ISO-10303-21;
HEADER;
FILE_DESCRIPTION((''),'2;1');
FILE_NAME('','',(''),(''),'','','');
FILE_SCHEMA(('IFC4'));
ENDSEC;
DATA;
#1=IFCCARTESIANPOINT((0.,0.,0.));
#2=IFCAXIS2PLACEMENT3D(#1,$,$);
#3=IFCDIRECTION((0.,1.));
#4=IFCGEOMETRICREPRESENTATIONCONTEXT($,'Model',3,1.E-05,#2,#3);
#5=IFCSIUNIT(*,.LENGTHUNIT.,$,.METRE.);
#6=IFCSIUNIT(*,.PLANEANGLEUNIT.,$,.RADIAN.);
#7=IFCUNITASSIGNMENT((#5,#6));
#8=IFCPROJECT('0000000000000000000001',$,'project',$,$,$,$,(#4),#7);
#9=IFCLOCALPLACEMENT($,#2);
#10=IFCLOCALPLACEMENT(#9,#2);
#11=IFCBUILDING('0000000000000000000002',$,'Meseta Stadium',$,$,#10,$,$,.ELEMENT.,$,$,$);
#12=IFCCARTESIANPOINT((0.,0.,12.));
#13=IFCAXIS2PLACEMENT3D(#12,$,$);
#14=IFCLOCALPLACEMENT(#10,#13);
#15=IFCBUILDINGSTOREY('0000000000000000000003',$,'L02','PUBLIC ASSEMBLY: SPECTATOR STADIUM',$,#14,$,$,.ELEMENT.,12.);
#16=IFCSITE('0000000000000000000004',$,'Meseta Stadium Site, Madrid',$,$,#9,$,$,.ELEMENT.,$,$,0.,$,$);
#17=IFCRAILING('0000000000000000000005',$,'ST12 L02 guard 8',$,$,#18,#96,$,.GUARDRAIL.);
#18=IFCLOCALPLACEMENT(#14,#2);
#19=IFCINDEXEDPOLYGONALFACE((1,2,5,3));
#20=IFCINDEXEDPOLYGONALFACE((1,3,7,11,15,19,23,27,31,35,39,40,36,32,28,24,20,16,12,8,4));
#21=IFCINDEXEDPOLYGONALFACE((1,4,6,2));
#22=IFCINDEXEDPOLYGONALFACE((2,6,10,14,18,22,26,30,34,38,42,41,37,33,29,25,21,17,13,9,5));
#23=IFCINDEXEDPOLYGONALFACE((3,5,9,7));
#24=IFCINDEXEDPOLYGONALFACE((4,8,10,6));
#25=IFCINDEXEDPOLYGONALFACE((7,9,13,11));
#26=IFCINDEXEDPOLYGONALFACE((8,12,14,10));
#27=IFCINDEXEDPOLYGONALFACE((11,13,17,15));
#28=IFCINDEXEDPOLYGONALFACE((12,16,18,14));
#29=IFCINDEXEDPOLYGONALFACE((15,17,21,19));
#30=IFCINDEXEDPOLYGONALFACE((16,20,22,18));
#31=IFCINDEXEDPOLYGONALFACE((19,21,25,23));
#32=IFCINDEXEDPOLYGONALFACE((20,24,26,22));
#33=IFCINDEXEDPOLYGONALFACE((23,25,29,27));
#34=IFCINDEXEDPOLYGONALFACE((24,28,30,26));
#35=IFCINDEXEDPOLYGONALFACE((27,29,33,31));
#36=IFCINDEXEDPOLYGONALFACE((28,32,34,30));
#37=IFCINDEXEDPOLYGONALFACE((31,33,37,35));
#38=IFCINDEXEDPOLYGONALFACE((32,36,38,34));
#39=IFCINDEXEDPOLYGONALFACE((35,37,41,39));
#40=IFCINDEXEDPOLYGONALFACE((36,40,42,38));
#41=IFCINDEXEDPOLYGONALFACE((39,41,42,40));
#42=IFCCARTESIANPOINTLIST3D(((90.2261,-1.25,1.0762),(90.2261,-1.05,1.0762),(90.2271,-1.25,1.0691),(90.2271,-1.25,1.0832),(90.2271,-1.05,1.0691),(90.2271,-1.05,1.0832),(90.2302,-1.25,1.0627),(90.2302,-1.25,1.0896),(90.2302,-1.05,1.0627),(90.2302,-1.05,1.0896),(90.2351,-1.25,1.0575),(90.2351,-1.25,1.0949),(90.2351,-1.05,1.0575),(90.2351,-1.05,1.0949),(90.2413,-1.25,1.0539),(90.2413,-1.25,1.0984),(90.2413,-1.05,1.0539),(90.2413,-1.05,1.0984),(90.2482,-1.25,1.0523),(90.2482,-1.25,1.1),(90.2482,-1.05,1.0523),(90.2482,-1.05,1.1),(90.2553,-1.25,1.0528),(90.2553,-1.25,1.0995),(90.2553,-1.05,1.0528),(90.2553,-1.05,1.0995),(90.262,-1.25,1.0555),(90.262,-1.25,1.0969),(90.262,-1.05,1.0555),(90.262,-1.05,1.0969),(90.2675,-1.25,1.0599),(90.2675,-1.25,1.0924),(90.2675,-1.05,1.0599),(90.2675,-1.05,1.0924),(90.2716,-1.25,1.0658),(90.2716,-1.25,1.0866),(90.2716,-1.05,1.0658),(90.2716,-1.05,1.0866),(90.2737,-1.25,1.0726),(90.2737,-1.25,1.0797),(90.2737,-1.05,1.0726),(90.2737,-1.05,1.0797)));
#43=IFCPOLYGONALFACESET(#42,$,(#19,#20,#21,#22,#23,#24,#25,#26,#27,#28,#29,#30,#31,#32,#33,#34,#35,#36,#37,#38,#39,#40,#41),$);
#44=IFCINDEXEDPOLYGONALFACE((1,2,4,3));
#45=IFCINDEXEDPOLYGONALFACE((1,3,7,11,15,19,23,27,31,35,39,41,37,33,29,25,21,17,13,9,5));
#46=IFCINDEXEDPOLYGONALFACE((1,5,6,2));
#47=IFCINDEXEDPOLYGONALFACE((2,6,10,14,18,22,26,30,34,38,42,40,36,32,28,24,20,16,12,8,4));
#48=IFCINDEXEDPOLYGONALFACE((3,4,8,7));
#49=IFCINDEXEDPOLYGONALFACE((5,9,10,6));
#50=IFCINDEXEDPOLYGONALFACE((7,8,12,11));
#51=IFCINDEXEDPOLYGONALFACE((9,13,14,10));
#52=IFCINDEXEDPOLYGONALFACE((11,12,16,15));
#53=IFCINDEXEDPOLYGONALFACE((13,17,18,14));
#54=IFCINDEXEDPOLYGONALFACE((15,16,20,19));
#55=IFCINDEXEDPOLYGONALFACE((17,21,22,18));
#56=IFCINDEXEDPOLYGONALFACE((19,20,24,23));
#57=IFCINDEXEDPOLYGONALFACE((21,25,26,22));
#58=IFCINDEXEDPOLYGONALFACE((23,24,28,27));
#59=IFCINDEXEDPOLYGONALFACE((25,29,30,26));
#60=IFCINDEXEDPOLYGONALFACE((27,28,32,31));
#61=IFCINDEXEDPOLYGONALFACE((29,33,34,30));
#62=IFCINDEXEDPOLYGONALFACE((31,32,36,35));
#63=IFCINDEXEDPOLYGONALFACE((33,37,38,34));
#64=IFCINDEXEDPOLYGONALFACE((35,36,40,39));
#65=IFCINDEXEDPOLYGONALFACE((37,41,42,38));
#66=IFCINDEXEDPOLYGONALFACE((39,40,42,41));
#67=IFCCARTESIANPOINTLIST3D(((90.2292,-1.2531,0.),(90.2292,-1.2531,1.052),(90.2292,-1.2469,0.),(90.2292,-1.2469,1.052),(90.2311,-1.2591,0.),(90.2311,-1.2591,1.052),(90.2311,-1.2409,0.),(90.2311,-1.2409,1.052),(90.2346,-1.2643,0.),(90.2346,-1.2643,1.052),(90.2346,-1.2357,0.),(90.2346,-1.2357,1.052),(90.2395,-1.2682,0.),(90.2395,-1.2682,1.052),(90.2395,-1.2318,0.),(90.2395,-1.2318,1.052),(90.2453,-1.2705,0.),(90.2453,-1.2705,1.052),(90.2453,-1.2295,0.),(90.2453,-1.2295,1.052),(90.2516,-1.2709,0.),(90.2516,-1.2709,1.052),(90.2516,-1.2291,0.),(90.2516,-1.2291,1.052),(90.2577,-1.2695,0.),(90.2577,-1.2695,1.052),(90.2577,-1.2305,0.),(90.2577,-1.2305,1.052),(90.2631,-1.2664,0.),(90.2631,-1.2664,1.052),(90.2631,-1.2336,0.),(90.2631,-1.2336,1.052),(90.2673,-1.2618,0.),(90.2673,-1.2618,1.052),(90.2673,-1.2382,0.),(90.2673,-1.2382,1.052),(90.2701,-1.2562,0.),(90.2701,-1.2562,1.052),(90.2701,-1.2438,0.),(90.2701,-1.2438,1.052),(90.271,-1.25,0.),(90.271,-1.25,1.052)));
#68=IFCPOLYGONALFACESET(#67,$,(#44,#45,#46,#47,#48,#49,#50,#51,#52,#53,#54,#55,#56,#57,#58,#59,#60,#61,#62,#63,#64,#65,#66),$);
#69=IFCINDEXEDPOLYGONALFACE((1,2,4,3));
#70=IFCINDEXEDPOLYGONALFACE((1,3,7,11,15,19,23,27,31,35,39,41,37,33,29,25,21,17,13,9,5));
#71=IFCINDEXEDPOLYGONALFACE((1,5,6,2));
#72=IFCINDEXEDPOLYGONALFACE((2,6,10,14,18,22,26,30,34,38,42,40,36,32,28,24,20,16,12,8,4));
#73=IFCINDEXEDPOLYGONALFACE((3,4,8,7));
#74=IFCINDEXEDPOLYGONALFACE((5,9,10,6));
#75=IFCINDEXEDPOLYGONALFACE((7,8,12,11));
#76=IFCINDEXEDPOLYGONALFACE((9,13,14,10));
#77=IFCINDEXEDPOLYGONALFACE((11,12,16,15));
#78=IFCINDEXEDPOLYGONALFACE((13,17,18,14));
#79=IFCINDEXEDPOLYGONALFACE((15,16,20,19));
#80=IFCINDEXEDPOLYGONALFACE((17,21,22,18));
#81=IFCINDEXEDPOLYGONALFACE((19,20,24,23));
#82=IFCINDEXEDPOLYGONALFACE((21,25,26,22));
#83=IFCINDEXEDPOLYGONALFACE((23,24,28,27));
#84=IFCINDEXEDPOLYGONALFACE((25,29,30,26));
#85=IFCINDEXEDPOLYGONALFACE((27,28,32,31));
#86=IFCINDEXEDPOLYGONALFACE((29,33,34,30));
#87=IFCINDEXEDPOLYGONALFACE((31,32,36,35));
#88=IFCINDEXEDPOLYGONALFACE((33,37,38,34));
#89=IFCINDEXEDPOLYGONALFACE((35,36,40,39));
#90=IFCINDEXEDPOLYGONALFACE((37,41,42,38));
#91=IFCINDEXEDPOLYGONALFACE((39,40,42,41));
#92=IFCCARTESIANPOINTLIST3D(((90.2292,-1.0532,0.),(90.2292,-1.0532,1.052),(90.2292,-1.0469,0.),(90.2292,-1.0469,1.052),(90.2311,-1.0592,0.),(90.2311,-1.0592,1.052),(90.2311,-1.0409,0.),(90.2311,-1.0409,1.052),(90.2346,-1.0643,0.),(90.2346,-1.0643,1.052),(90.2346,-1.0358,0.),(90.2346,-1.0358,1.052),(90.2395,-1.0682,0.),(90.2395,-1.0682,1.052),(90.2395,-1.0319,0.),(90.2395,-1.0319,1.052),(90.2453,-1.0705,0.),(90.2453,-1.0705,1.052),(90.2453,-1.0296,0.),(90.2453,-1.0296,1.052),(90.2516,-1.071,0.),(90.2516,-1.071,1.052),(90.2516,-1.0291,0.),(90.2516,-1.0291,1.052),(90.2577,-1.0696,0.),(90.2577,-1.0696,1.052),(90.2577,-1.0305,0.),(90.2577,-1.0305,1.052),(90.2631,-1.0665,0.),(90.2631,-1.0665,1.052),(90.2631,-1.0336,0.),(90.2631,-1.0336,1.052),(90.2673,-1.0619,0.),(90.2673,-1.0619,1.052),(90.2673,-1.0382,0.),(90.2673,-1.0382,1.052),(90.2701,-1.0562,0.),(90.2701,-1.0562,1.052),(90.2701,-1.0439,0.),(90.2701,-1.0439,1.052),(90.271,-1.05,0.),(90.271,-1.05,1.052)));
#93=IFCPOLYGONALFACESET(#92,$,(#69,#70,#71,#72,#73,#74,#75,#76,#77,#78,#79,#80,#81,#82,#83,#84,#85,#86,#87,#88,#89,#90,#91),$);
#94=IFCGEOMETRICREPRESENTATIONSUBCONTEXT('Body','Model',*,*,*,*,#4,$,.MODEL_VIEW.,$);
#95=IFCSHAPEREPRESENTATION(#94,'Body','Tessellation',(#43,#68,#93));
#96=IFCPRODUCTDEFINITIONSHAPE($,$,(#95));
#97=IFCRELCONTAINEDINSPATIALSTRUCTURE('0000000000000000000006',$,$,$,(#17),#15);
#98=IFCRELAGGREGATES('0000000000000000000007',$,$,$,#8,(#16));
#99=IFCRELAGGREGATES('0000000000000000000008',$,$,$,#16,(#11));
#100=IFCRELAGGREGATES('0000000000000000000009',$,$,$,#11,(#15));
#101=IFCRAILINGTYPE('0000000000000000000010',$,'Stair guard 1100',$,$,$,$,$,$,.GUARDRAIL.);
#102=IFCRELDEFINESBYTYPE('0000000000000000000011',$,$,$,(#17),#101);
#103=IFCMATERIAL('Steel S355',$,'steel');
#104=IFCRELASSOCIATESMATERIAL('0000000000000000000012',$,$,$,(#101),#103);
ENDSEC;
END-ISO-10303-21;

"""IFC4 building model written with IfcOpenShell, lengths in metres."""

from ifc_helpers import new_model, si_unit, direction, frame, origin, origin_2d, place, context, subcontext, project, spatial, circle, extrude, material, type_object, element, save


model = new_model("IFC4")

# Units and contexts
model_context = context("Model", 3, precision=1e-05, world=origin(), true_north=direction((0.0, 1.0)))
body_context = subcontext(model_context, "Body", "Model", "MODEL_VIEW")
ifc_project = project(units=[si_unit("LENGTHUNIT", "METRE"), si_unit("PLANEANGLEUNIT", "RADIAN")], contexts=[model_context])

# Site, building, storey
site_placement = place(None, origin())
site = spatial("IfcSite", under=ifc_project, at=site_placement, Name="Meseta Stadium Site, Madrid", CompositionType="ELEMENT", RefElevation=0.0)
building_placement = place(site_placement, origin())
building = spatial("IfcBuilding", under=site, at=building_placement, Name="Meseta Stadium", CompositionType="ELEMENT")
storey_placement = place(building_placement, frame((0.0, 0.0, 12.0)))
storey = spatial("IfcBuildingStorey", under=building, at=storey_placement, Name="L02", Description="PUBLIC ASSEMBLY: SPECTATOR STADIUM", CompositionType="ELEMENT", Elevation=12.0)

# Railing
ifc_material_1 = material(Name="Steel S355", Category="steel")
railing_type_1 = type_object("IfcRailingType", Name="Stair guard 1100", PredefinedType="GUARDRAIL", material=ifc_material_1)
railing_1_placement = place(storey_placement, frame((90.25, -1.25, 0.0)))
element("IfcRailing", 1, at=railing_1_placement, inside=storey, type_object=railing_type_1, Name="ST12 L02 guard 8", PredefinedType="GUARDRAIL", context=body_context, shape_type="SweptSolid", body=[
    extrude(circle(Radius=0.0239, at=origin_2d()), frame((0.0, 0.0, 1.0762), z_axis=(0.0, 1.0, 0.0), x_axis=(-1.0, 0.0, 0.0)), (0.0, 0.0, 1.0), 0.2),
    extrude(circle(Radius=0.021, at=origin_2d()), origin(), (0.0, 0.0, 1.0), 1.052),
    extrude(circle(Radius=0.021, at=origin_2d()), frame((0.0, 0.2, 0.0)), (0.0, 0.0, 1.0), 1.052),
])

save(model, "model.ifc")
